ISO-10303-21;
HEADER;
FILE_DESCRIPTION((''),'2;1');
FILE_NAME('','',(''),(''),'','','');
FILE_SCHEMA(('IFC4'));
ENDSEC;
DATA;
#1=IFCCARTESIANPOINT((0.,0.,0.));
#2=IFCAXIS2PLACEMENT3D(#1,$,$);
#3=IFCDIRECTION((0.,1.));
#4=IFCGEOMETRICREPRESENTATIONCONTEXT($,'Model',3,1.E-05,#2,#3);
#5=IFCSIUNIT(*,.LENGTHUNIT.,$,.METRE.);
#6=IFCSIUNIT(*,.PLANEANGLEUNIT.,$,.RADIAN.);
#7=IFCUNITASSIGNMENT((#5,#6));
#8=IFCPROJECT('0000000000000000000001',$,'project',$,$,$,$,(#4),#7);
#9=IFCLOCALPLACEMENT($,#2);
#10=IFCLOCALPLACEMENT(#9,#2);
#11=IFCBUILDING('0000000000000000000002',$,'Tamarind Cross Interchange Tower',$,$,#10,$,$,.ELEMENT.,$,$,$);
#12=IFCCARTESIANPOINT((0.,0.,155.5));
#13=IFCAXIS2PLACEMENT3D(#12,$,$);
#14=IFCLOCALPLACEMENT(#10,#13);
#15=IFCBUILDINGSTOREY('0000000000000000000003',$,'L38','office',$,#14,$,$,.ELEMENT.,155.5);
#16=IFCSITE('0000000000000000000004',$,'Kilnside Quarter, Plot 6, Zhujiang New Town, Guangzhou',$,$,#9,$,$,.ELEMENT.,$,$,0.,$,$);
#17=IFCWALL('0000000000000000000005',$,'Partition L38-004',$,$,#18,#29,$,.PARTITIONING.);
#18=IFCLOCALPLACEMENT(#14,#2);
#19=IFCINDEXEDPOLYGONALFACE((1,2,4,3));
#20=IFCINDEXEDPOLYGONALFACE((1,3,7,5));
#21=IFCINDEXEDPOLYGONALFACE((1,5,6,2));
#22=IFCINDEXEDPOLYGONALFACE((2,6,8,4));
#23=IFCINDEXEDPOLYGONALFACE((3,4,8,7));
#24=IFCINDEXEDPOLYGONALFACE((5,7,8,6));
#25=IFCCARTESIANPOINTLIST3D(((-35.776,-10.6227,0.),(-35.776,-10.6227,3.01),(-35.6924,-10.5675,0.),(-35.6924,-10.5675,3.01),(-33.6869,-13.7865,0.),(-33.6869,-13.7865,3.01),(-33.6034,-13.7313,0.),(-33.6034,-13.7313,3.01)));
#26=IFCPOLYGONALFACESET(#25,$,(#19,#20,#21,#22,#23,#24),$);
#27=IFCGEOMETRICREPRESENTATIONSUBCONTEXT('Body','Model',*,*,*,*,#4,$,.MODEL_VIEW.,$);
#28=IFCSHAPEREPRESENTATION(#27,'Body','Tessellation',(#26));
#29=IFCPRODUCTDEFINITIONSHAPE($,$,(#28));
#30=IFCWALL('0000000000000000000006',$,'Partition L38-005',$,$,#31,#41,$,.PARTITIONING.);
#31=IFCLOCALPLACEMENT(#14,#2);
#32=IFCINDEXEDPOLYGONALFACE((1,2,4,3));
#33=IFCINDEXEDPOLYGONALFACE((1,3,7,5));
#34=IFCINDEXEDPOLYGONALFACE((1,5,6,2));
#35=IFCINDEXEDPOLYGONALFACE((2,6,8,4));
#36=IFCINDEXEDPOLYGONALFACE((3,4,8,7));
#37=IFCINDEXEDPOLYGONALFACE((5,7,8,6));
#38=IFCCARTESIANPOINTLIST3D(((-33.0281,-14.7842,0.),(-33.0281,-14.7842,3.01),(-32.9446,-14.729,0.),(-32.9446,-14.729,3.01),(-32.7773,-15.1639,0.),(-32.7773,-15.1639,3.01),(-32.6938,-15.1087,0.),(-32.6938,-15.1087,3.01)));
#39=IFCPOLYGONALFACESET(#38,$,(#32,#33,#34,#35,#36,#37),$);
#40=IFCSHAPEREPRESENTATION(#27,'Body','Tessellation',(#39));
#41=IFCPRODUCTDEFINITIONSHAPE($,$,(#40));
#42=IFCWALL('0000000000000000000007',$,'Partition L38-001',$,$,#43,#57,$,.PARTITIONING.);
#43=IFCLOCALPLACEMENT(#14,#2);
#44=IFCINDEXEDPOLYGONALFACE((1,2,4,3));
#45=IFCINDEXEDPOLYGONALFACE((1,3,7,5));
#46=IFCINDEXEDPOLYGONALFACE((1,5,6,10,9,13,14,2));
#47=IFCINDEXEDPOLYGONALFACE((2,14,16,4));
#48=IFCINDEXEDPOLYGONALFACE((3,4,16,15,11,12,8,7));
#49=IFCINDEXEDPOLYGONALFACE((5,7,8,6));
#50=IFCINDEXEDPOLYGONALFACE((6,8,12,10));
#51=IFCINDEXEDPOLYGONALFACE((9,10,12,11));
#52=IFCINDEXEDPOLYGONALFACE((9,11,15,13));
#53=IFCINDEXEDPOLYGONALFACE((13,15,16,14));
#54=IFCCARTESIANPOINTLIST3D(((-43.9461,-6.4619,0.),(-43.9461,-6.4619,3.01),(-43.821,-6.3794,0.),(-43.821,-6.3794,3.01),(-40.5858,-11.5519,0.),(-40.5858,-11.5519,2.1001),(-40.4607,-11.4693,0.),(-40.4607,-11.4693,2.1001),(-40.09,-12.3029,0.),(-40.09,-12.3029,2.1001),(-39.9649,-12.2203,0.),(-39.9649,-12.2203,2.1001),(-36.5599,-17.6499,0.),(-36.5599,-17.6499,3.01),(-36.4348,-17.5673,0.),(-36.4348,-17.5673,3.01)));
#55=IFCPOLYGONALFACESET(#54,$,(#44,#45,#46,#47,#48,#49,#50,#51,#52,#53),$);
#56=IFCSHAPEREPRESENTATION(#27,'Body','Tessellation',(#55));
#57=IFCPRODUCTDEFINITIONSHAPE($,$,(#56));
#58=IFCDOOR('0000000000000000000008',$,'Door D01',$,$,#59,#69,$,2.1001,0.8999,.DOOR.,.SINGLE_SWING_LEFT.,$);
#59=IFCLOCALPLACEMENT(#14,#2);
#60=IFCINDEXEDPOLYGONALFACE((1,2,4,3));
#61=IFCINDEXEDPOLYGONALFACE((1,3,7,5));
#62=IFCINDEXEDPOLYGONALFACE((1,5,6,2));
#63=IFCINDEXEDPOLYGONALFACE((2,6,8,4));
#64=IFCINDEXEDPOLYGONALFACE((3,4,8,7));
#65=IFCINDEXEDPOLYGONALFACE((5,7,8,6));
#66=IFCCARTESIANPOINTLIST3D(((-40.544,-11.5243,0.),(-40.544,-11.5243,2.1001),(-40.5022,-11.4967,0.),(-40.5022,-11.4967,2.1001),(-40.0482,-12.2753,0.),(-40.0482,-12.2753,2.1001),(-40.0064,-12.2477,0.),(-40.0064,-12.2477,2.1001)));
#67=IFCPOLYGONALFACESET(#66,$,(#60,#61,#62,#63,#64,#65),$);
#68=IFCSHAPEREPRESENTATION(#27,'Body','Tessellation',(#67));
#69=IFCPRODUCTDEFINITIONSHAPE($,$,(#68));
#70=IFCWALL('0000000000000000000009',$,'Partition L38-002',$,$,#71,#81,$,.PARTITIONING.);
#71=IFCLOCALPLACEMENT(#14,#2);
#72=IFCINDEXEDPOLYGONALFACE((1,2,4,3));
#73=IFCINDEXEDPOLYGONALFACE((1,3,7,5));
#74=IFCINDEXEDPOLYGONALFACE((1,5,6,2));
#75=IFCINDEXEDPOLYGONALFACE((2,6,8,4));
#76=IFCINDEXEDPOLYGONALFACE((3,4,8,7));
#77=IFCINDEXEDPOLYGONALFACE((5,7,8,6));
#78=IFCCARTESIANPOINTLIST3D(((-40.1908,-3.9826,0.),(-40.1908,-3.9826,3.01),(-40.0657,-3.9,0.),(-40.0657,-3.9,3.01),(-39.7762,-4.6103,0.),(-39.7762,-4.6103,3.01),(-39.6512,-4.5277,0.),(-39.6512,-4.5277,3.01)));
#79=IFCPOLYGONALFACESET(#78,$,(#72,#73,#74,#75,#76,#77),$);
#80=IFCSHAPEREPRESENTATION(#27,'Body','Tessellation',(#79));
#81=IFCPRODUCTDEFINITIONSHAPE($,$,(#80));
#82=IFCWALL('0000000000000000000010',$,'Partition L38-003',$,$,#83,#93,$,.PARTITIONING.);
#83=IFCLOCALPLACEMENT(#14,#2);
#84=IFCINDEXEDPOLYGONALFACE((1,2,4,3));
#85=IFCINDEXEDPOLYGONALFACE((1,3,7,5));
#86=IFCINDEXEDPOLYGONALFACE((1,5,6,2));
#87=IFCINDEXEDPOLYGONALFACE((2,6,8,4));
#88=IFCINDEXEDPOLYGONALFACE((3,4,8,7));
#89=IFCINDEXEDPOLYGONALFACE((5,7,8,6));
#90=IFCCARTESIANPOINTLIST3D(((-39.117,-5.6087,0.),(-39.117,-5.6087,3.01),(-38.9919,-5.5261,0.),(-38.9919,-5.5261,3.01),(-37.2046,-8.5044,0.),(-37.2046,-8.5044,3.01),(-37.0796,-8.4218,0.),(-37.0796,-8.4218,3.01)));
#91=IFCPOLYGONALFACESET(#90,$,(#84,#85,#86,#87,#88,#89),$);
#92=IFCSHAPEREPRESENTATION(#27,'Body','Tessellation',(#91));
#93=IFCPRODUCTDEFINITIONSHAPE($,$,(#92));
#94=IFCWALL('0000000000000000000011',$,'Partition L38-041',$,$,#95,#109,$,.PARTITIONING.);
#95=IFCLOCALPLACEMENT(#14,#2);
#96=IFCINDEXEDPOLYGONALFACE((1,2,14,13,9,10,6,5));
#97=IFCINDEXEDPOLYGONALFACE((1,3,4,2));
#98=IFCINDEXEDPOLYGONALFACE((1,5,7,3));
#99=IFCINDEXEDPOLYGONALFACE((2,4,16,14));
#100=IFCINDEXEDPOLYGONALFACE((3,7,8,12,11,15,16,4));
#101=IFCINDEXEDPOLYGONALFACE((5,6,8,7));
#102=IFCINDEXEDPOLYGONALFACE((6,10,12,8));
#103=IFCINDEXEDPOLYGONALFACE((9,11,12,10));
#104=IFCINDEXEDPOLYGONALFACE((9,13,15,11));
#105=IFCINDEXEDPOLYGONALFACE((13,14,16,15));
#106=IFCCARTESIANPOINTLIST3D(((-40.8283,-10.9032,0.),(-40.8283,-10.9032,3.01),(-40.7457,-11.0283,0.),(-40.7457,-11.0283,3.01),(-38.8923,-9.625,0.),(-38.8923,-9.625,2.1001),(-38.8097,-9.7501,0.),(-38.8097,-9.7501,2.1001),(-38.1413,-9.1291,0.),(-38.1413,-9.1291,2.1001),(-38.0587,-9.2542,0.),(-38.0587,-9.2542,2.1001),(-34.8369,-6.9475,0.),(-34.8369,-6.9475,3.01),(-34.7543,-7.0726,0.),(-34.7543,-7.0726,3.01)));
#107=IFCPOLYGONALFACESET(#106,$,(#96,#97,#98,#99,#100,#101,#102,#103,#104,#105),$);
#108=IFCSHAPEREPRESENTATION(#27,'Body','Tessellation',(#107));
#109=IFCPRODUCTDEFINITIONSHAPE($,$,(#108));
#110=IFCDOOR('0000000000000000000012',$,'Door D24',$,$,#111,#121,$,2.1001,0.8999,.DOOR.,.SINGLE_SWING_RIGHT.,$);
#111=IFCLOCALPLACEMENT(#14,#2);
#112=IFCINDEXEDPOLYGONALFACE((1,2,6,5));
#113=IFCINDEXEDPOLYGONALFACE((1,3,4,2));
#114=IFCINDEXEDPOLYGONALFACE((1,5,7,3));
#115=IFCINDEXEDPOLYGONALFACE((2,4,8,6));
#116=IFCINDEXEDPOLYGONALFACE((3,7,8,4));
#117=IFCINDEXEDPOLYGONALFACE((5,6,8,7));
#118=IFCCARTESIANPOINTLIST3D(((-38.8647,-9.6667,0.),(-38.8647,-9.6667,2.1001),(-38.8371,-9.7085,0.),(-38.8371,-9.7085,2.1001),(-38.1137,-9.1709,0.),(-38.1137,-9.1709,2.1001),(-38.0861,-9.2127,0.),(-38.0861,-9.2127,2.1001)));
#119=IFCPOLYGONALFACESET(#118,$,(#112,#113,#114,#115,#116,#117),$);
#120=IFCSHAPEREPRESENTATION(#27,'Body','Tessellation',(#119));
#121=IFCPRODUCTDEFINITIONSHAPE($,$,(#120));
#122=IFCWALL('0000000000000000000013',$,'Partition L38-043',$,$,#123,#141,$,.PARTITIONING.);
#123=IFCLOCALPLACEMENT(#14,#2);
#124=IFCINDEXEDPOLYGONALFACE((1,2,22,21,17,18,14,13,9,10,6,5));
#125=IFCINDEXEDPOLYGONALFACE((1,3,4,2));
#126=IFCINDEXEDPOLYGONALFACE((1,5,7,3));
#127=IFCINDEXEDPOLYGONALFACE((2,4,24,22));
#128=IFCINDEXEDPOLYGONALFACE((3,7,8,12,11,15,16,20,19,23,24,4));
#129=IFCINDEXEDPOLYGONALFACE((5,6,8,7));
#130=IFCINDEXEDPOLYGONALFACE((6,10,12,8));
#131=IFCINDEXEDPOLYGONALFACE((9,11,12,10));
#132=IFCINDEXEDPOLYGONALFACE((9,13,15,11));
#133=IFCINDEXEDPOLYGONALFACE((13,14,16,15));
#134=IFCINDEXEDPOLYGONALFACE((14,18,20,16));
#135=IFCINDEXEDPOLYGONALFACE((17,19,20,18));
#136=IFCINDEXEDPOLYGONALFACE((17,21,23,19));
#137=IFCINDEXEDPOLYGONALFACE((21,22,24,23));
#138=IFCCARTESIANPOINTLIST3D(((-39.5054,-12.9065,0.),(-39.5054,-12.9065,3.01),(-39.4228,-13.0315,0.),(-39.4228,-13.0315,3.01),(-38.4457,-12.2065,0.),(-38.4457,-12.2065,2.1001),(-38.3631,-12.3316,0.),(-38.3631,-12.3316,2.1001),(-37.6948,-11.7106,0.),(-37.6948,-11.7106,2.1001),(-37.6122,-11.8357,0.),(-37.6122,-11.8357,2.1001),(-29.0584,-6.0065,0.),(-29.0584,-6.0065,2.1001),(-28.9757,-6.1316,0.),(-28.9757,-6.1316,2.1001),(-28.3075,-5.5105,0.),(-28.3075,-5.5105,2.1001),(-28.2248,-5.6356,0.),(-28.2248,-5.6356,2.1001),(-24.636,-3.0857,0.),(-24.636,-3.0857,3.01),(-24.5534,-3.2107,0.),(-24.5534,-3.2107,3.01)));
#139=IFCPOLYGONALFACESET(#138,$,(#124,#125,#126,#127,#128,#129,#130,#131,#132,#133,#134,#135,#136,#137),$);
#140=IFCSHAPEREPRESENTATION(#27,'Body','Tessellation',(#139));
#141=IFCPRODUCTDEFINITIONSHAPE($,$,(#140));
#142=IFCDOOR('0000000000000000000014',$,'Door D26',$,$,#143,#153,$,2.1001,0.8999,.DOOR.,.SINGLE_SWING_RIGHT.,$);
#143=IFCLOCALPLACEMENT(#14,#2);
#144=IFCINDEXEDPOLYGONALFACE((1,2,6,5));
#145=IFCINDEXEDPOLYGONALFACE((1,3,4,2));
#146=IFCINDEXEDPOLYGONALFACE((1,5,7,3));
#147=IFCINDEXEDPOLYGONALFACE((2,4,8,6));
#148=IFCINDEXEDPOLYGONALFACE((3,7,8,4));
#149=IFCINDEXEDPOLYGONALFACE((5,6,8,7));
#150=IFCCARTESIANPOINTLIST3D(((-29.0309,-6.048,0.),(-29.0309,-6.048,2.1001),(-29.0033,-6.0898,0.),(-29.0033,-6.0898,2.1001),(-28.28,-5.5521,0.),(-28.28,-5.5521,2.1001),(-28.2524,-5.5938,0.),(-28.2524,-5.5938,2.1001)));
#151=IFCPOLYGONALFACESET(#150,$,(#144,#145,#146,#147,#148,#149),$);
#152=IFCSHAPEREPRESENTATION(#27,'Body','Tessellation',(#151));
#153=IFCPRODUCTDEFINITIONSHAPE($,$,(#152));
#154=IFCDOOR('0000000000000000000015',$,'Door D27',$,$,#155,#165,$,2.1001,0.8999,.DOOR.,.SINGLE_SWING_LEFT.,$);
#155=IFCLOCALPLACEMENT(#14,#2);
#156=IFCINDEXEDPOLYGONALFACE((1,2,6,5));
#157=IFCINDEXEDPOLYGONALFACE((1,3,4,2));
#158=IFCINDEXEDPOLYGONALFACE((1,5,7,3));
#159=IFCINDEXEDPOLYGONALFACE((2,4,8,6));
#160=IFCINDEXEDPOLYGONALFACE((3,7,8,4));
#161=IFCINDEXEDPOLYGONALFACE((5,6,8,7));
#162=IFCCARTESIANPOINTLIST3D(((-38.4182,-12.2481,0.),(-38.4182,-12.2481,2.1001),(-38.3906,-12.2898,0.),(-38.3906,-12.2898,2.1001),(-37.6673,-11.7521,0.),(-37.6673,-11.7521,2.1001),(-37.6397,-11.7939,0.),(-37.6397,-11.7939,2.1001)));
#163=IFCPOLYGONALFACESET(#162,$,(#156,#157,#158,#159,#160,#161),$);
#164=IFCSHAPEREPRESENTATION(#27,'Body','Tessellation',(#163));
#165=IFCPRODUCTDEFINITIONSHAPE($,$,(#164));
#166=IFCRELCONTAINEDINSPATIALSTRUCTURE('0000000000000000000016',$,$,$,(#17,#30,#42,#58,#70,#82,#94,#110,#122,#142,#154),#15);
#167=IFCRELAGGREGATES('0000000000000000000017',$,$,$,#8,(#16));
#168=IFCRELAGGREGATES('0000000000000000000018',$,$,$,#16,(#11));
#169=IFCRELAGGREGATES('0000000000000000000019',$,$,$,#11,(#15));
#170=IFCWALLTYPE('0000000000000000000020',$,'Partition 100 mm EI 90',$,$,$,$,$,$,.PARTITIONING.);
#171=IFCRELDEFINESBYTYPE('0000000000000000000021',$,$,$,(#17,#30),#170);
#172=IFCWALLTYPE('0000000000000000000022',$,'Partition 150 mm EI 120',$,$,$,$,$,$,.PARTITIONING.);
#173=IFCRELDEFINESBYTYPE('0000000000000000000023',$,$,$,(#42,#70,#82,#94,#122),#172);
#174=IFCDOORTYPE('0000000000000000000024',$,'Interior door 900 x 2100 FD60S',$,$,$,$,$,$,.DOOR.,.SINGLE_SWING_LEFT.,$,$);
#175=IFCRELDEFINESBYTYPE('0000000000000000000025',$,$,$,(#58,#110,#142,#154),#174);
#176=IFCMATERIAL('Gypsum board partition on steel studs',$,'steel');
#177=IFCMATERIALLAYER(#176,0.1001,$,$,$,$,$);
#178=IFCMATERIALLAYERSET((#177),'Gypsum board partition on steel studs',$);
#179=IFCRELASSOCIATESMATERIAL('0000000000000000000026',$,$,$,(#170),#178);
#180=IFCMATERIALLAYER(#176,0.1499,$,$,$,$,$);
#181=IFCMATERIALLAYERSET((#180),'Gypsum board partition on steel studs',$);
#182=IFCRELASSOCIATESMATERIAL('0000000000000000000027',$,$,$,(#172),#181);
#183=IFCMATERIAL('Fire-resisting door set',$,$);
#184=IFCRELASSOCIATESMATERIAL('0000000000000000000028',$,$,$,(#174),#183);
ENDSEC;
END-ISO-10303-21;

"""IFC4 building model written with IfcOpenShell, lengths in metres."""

from ifc_helpers import new_model, si_unit, direction, frame, frame_2d, origin, place, context, subcontext, project, spatial, rectangle, extrude, material, layer, layer_set, type_object, element, fill, save


model = new_model("IFC4")

# Units and contexts
model_context = context("Model", 3, precision=1e-05, world=origin(), true_north=direction((0.0, 1.0)))
body_context = subcontext(model_context, "Body", "Model", "MODEL_VIEW")
ifc_project = project(units=[si_unit("LENGTHUNIT", "METRE"), si_unit("PLANEANGLEUNIT", "RADIAN")], contexts=[model_context])

# Site, building, storey
site_placement = place(None, origin())
site = spatial("IfcSite", under=ifc_project, at=site_placement, Name="Kilnside Quarter, Plot 6, Zhujiang New Town, Guangzhou", CompositionType="ELEMENT", RefElevation=0.0)
building_placement = place(site_placement, origin())
building = spatial("IfcBuilding", under=site, at=building_placement, Name="Tamarind Cross Interchange Tower", CompositionType="ELEMENT")
storey_placement = place(building_placement, frame((0.0, 0.0, 155.5)))
storey = spatial("IfcBuildingStorey", under=building, at=storey_placement, Name="L38", Description="office", CompositionType="ELEMENT", Elevation=155.5)

# Walls
ifc_material_1 = material(Name="Gypsum board partition on steel studs", Category="steel")
ifc_layer_1 = layer(ifc_material_1, 0.1001)
ifc_layer_set_1 = layer_set([ifc_layer_1], Name="Gypsum board partition on steel studs")
wall_type_1 = type_object("IfcWallType", Name="Partition 100 mm EI 90", PredefinedType="PARTITIONING", material=ifc_layer_set_1)
wall_1_placement = place(storey_placement, frame((-35.7341, -10.5952, 0.0), z_axis=(0.0, 0.0, 1.0), x_axis=(0.551024, -0.834489, 0.0)))
element("IfcWall", 1, at=wall_1_placement, inside=storey, type_object=wall_type_1, Name="Partition L38-004", PredefinedType="PARTITIONING", context=body_context, shape_type="SweptSolid", body=[
    extrude(rectangle(XDim=3.7913, YDim=0.1001, at=frame_2d((1.8955, 0.0))), origin(), (0.0, 0.0, 1.0), 3.01),
])
wall_2_placement = place(storey_placement, frame((-32.9863, -14.7566, 0.0), z_axis=(0.0, 0.0, 1.0), x_axis=(0.551104, -0.834437, 0.0)))
element("IfcWall", 2, at=wall_2_placement, inside=storey, type_object=wall_type_1, Name="Partition L38-005", PredefinedType="PARTITIONING", context=body_context, shape_type="SweptSolid", body=[
    extrude(rectangle(XDim=0.4551, YDim=0.1001, at=frame_2d((0.2275, 0.0))), origin(), (0.0, 0.0, 1.0), 3.01),
])

# Wall, opening, door
ifc_layer_2 = layer(ifc_material_1, 0.1499)
ifc_layer_set_2 = layer_set([ifc_layer_2], Name="Gypsum board partition on steel studs")
wall_type_2 = type_object("IfcWallType", Name="Partition 150 mm EI 120", PredefinedType="PARTITIONING", material=ifc_layer_set_2)
wall_3_placement = place(storey_placement, frame((-43.8835, -6.4207, 0.0), z_axis=(0.0, 0.0, 1.0), x_axis=(0.550954, -0.834535, 0.0)))
wall_3 = element("IfcWall", 3, at=wall_3_placement, inside=storey, type_object=wall_type_2, Name="Partition L38-001", PredefinedType="PARTITIONING", context=body_context, shape_type="SweptSolid", body=[
    extrude(rectangle(XDim=13.4062, YDim=0.1499, at=frame_2d((6.7031, 0.0))), origin(), (0.0, 0.0, 1.0), 3.01),
])
opening_1_placement = place(wall_3_placement, frame((6.0991, 0.0, 0.0)))
opening_1 = element("IfcOpeningElement", 4, at=opening_1_placement, cuts=wall_3, PredefinedType="OPENING", context=body_context, shape_type="SweptSolid", body=[
    extrude(rectangle(XDim=0.8999, YDim=2.1001, at=frame_2d((0.45, 1.05))), frame((0.0, 0.085, 0.0), z_axis=(0.0, -1.0, 0.0), x_axis=(1.0, 0.0, 0.0)), (0.0, 0.0, 1.0), 0.1699),
])
ifc_material_2 = material(Name="Fire-resisting door set")
door_type = type_object("IfcDoorType", Name="Interior door 900 x 2100 FD60S", OperationType="SINGLE_SWING_LEFT", PredefinedType="DOOR", material=ifc_material_2)
door_1_placement = place(opening_1_placement, frame((0.8999, 0.0, 0.0), z_axis=(0.0, 0.0, 1.0), x_axis=(-1.0, 0.0, 0.0)))
door_1 = element("IfcDoor", 5, at=door_1_placement, inside=storey, type_object=door_type, Name="Door D01", OperationType="SINGLE_SWING_LEFT", OverallHeight=2.1001, OverallWidth=0.8999, PredefinedType="DOOR", context=body_context, shape_type="SweptSolid", body=[
    extrude(rectangle(XDim=0.8999, YDim=2.1001, at=frame_2d((0.45, 1.05))), frame((0.0, 0.0249, 0.0), z_axis=(0.0, -1.0, 0.0), x_axis=(1.0, 0.0, 0.0)), (0.0, 0.0, 1.0), 0.05),
])
fill(opening_1, door_1)

# Walls
wall_4_placement = place(storey_placement, frame((-40.1282, -3.9414, 0.0), z_axis=(0.0, 0.0, 1.0), x_axis=(0.5511, -0.834439, 0.0)))
element("IfcWall", 6, at=wall_4_placement, inside=storey, type_object=wall_type_2, Name="Partition L38-002", PredefinedType="PARTITIONING", context=body_context, shape_type="SweptSolid", body=[
    extrude(rectangle(XDim=0.7522, YDim=0.1499, at=frame_2d((0.376, 0.0))), origin(), (0.0, 0.0, 1.0), 3.01),
])
wall_5_placement = place(storey_placement, frame((-39.0544, -5.5674, 0.0), z_axis=(0.0, 0.0, 1.0), x_axis=(0.551074, -0.834456, 0.0)))
element("IfcWall", 7, at=wall_5_placement, inside=storey, type_object=wall_type_2, Name="Partition L38-003", PredefinedType="PARTITIONING", context=body_context, shape_type="SweptSolid", body=[
    extrude(rectangle(XDim=3.4702, YDim=0.1499, at=frame_2d((1.7351, 0.0))), origin(), (0.0, 0.0, 1.0), 3.01),
])

# Wall, opening, door
wall_6_placement = place(storey_placement, frame((-40.7871, -10.9658, 0.0), z_axis=(0.0, 0.0, 1.0), x_axis=(0.834517, 0.550983, 0.0)))
wall_6 = element("IfcWall", 8, at=wall_6_placement, inside=storey, type_object=wall_type_2, Name="Partition L38-041", PredefinedType="PARTITIONING", context=body_context, shape_type="SweptSolid", body=[
    extrude(rectangle(XDim=7.1794, YDim=0.1499, at=frame_2d((3.5898, 0.0))), origin(), (0.0, 0.0, 1.0), 3.01),
])
opening_2_placement = place(wall_6_placement, frame((2.3201, 0.0, 0.0)))
opening_2 = element("IfcOpeningElement", 9, at=opening_2_placement, cuts=wall_6, PredefinedType="OPENING", context=body_context, shape_type="SweptSolid", body=[
    extrude(rectangle(XDim=0.8999, YDim=2.1001, at=frame_2d((0.45, 1.05))), frame((0.0, 0.085, 0.0), z_axis=(0.0, -1.0, 0.0), x_axis=(1.0, 0.0, 0.0)), (0.0, 0.0, 1.0), 0.1699),
])
door_2_placement = place(opening_2_placement, origin())
door_2 = element("IfcDoor", 10, at=door_2_placement, inside=storey, type_object=door_type, Name="Door D24", OperationType="SINGLE_SWING_RIGHT", OverallHeight=2.1001, OverallWidth=0.8999, PredefinedType="DOOR", context=body_context, shape_type="SweptSolid", body=[
    extrude(rectangle(XDim=0.8999, YDim=2.1001, at=frame_2d((0.45, 1.05))), frame((0.0, 0.0249, 0.0), z_axis=(0.0, -1.0, 0.0), x_axis=(1.0, 0.0, 0.0)), (0.0, 0.0, 1.0), 0.05),
])
fill(opening_2, door_2)

# Wall, openings, doors
wall_7_placement = place(storey_placement, frame((-39.4641, -12.969, 0.0), z_axis=(0.0, 0.0, 1.0), x_axis=(0.834429, 0.551116, 0.0)))
wall_7 = element("IfcWall", 11, at=wall_7_placement, inside=storey, type_object=wall_type_2, Name="Partition L38-043", PredefinedType="PARTITIONING", context=body_context, shape_type="SweptSolid", body=[
    extrude(rectangle(XDim=17.8198, YDim=0.1499, at=frame_2d((8.9099, 0.0))), origin(), (0.0, 0.0, 1.0), 3.01),
])
opening_3_placement = place(wall_7_placement, frame((12.52, 0.0, 0.0)))
opening_3 = element("IfcOpeningElement", 12, at=opening_3_placement, cuts=wall_7, PredefinedType="OPENING", context=body_context, shape_type="SweptSolid", body=[
    extrude(rectangle(XDim=0.8999, YDim=2.1001, at=frame_2d((0.45, 1.05))), frame((0.0, 0.085, 0.0), z_axis=(0.0, -1.0, 0.0), x_axis=(1.0, 0.0, 0.0)), (0.0, 0.0, 1.0), 0.1699),
])
opening_4_placement = place(wall_7_placement, frame((1.27, 0.0, 0.0)))
opening_4 = element("IfcOpeningElement", 13, at=opening_4_placement, cuts=wall_7, PredefinedType="OPENING", context=body_context, shape_type="SweptSolid", body=[
    extrude(rectangle(XDim=0.8999, YDim=2.1001, at=frame_2d((0.45, 1.05))), frame((0.0, 0.085, 0.0), z_axis=(0.0, -1.0, 0.0), x_axis=(1.0, 0.0, 0.0)), (0.0, 0.0, 1.0), 0.1699),
])
door_3_placement = place(opening_3_placement, frame((0.8999, 0.0, 0.0), z_axis=(0.0, 0.0, 1.0), x_axis=(-1.0, 0.0, 0.0)))
door_3 = element("IfcDoor", 14, at=door_3_placement, inside=storey, type_object=door_type, Name="Door D26", OperationType="SINGLE_SWING_RIGHT", OverallHeight=2.1001, OverallWidth=0.8999, PredefinedType="DOOR", context=body_context, shape_type="SweptSolid", body=[
    extrude(rectangle(XDim=0.8999, YDim=2.1001, at=frame_2d((0.45, 1.05))), frame((0.0, 0.0249, 0.0), z_axis=(0.0, -1.0, 0.0), x_axis=(1.0, 0.0, 0.0)), (0.0, 0.0, 1.0), 0.05),
])
fill(opening_3, door_3)
door_4_placement = place(opening_4_placement, frame((0.8999, 0.0, 0.0), z_axis=(0.0, 0.0, 1.0), x_axis=(-1.0, 0.0, 0.0)))
door_4 = element("IfcDoor", 15, at=door_4_placement, inside=storey, type_object=door_type, Name="Door D27", OperationType="SINGLE_SWING_LEFT", OverallHeight=2.1001, OverallWidth=0.8999, PredefinedType="DOOR", context=body_context, shape_type="SweptSolid", body=[
    extrude(rectangle(XDim=0.8999, YDim=2.1001, at=frame_2d((0.45, 1.05))), frame((0.0, 0.0249, 0.0), z_axis=(0.0, -1.0, 0.0), x_axis=(1.0, 0.0, 0.0)), (0.0, 0.0, 1.0), 0.05),
])
fill(opening_4, door_4)

save(model, "model.ifc")
